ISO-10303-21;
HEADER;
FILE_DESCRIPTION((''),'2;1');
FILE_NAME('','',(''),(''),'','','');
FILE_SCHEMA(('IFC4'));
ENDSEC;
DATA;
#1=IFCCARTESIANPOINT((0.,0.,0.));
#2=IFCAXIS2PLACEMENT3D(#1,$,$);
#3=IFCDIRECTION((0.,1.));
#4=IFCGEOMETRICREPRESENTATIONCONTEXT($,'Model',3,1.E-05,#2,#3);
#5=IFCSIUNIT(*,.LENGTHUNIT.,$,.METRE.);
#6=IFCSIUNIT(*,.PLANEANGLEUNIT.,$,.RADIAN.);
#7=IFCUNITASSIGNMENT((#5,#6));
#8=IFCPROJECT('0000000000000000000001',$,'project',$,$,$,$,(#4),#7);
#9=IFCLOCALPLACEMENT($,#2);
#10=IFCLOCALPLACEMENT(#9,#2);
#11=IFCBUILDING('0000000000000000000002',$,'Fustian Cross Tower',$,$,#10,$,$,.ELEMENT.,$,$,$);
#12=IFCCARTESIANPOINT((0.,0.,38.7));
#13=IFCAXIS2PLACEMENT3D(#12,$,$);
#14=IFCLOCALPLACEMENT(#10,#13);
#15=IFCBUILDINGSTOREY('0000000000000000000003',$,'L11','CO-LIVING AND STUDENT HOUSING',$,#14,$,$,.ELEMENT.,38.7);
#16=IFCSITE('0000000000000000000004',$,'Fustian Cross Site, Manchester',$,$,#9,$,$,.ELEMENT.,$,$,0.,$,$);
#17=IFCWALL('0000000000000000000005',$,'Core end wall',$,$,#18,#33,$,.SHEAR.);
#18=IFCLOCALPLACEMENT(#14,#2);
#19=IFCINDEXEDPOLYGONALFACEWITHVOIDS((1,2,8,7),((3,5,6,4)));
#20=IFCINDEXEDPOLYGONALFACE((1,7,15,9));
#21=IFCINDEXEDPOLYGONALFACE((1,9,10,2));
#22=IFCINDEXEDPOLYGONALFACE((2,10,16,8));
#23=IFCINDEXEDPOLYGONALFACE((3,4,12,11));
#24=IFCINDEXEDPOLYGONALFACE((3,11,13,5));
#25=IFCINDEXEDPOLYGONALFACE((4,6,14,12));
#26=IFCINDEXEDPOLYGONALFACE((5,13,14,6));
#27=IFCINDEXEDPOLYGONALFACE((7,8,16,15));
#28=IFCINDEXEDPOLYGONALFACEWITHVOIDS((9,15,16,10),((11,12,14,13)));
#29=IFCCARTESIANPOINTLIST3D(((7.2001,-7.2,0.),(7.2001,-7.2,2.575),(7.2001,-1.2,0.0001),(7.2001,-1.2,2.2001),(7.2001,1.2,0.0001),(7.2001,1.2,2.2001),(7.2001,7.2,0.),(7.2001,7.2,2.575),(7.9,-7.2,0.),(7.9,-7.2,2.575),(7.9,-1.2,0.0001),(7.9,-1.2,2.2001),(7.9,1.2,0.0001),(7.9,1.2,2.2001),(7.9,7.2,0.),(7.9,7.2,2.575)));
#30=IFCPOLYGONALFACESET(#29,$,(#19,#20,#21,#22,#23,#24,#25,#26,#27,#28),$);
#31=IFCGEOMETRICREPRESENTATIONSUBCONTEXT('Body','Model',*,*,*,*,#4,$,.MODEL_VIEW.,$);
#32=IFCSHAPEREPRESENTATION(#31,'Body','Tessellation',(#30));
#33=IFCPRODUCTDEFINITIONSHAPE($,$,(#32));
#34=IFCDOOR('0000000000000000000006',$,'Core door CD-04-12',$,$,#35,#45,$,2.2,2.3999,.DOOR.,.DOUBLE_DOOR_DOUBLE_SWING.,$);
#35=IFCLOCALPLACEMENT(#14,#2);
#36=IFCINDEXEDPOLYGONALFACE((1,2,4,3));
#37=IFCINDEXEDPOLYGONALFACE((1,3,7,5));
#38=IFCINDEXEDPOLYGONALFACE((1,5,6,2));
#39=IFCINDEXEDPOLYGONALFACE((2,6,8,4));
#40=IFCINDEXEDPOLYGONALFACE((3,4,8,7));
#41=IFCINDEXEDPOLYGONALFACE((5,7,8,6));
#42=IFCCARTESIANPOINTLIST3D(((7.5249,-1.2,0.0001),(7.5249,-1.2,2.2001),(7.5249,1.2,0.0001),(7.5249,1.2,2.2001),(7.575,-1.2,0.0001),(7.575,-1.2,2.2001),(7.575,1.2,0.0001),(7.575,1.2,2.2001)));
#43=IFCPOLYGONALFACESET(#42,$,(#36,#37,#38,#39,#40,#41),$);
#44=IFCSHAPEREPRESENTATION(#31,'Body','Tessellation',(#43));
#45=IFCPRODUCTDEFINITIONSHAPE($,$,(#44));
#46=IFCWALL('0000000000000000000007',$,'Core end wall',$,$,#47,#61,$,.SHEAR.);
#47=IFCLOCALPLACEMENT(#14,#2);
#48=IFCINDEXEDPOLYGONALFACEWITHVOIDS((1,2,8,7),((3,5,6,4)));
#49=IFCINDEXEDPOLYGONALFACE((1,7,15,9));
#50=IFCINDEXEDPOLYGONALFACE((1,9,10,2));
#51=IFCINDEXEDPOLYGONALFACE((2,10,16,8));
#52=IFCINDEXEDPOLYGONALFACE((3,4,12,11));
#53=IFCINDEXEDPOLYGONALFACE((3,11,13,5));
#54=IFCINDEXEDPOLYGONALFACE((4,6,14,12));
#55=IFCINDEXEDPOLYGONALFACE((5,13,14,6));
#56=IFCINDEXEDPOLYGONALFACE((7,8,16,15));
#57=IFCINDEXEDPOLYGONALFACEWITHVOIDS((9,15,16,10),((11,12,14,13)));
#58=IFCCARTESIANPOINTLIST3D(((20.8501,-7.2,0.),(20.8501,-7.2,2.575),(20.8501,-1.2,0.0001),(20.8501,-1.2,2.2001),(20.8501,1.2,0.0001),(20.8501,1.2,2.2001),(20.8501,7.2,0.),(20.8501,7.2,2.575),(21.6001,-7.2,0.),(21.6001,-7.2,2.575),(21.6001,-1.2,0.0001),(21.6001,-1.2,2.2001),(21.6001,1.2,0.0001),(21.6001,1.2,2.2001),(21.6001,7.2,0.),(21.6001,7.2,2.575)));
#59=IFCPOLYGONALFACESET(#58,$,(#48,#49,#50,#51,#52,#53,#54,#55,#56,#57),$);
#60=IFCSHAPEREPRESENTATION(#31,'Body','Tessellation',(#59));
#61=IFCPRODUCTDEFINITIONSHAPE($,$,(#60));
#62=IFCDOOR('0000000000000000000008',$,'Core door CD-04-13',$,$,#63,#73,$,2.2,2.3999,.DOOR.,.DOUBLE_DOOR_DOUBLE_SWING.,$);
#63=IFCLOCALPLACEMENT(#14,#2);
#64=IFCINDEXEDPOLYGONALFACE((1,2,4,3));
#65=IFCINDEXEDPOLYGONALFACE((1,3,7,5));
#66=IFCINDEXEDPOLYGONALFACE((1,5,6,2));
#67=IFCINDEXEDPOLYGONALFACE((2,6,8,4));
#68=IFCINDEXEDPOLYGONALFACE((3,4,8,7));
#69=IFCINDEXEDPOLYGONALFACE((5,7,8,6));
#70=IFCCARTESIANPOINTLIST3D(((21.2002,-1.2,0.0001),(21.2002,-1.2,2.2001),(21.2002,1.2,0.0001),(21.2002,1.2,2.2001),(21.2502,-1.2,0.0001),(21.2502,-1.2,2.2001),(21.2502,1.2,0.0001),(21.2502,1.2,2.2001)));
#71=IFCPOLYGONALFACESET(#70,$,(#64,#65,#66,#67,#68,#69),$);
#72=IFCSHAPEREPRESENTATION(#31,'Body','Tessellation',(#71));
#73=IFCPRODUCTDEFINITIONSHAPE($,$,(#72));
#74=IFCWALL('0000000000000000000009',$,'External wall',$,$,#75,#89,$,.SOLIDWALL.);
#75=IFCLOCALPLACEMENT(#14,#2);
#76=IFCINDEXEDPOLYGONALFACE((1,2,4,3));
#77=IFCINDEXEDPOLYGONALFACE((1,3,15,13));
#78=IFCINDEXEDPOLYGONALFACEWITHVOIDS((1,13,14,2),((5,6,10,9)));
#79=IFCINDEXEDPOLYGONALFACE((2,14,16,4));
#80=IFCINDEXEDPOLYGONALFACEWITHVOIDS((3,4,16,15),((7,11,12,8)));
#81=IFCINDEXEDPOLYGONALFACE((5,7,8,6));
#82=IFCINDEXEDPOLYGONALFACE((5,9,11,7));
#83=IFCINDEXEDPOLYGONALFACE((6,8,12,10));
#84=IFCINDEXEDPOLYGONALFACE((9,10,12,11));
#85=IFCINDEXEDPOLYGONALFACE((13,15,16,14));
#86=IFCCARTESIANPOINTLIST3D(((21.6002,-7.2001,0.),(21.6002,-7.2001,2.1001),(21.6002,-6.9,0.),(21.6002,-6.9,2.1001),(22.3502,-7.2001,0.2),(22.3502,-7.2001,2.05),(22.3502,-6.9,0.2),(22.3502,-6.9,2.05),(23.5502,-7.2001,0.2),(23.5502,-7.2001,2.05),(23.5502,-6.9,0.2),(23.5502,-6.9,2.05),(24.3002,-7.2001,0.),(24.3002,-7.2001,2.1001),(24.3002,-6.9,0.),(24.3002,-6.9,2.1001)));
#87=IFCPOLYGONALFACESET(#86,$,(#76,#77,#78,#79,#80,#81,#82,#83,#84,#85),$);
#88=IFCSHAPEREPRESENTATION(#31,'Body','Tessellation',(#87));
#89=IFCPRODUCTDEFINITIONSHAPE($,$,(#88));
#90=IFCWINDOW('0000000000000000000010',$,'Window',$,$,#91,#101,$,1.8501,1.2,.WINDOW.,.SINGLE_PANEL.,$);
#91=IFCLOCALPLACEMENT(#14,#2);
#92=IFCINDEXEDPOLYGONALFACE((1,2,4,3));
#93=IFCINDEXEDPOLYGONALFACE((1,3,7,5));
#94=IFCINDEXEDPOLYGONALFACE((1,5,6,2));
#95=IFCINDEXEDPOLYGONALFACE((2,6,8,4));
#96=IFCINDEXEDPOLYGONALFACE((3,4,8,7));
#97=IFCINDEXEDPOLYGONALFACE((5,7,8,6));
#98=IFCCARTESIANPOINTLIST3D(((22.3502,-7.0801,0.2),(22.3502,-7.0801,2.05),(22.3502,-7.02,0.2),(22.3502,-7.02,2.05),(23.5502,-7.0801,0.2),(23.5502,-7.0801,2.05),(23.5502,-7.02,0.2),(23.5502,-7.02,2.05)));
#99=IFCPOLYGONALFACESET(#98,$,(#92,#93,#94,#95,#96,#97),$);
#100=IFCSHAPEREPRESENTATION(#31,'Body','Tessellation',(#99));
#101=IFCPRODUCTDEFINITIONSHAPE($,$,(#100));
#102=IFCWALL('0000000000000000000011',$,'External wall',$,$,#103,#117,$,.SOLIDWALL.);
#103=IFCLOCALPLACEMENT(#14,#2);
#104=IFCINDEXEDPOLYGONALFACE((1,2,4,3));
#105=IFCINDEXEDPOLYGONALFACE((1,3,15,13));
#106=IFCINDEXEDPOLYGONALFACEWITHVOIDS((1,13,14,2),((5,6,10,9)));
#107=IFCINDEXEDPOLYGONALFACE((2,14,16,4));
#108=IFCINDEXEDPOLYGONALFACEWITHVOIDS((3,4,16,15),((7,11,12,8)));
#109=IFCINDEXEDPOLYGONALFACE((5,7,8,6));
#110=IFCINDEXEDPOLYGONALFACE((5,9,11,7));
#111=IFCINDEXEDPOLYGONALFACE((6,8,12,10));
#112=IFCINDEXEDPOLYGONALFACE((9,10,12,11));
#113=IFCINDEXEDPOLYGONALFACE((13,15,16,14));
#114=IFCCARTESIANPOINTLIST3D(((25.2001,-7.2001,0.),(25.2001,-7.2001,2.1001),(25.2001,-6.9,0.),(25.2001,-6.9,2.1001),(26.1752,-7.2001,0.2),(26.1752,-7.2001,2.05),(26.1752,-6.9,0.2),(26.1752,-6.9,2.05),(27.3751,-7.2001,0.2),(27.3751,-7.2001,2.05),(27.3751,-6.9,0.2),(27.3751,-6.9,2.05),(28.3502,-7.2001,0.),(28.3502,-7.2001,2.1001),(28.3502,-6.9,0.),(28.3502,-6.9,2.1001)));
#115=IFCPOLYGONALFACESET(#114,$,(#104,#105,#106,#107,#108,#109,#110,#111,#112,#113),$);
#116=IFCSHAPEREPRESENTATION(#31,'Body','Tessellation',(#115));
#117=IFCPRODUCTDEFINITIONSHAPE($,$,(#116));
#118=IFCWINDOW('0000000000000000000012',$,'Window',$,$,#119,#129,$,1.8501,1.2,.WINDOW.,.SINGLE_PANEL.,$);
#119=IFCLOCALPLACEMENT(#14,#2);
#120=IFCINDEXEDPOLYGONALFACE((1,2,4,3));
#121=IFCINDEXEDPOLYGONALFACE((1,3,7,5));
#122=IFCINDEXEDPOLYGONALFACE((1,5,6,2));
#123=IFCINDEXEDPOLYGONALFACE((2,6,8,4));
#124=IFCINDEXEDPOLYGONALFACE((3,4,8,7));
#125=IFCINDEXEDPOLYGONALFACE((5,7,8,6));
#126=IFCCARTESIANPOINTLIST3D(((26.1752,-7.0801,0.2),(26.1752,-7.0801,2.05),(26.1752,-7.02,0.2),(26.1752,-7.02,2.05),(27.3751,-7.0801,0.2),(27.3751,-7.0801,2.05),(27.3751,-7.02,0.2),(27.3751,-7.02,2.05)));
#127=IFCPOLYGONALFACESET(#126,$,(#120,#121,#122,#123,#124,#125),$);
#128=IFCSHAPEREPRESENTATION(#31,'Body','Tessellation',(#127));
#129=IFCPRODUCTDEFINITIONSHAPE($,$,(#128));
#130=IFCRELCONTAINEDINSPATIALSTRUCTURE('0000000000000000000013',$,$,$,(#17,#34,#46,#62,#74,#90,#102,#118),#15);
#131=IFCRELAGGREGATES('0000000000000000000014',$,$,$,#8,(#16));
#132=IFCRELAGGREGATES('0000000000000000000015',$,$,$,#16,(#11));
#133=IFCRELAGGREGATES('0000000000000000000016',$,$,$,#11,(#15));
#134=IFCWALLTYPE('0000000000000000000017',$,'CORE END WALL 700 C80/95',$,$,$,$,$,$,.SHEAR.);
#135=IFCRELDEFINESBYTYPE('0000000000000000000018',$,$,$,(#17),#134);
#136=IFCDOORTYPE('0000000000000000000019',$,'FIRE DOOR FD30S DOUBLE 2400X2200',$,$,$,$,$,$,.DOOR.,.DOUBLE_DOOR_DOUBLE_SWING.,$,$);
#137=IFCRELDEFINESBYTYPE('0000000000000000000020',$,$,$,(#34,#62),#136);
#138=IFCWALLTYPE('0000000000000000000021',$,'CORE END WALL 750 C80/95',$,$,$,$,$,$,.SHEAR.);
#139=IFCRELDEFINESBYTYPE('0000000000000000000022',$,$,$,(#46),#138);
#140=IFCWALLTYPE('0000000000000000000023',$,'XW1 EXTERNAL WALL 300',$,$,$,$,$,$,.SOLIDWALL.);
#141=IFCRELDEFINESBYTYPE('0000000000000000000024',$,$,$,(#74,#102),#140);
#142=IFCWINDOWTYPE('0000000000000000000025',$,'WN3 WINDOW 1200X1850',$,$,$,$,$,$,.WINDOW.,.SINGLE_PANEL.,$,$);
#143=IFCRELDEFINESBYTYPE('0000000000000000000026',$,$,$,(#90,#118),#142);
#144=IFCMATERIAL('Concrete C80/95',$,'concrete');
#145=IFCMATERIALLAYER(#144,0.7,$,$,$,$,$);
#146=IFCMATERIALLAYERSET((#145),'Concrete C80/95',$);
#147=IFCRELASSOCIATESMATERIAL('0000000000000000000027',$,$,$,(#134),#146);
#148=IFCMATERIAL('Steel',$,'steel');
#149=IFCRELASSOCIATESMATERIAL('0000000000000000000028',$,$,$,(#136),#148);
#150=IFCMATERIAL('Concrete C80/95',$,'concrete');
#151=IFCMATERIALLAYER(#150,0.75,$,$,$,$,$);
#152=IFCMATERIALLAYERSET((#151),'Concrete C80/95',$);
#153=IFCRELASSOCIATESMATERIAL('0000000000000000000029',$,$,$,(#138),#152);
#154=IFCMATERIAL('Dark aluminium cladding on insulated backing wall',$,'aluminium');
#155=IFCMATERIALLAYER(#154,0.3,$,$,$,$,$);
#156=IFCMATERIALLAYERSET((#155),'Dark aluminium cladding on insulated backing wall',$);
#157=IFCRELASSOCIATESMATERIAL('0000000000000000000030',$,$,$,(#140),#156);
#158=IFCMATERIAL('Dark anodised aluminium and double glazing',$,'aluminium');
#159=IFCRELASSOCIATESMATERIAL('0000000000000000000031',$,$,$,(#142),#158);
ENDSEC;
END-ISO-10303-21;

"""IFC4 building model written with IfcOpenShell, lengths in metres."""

from ifc_helpers import new_model, si_unit, direction, frame, frame_2d, origin, place, context, subcontext, project, spatial, rectangle, extrude, material, layer, layer_set, type_object, element, fill, save


model = new_model("IFC4")

# Units and contexts
model_context = context("Model", 3, precision=1e-05, world=origin(), true_north=direction((0.0, 1.0)))
body_context = subcontext(model_context, "Body", "Model", "MODEL_VIEW")
ifc_project = project(units=[si_unit("LENGTHUNIT", "METRE"), si_unit("PLANEANGLEUNIT", "RADIAN")], contexts=[model_context])

# Site, building, storey
site_placement = place(None, origin())
site = spatial("IfcSite", under=ifc_project, at=site_placement, Name="Fustian Cross Site, Manchester", CompositionType="ELEMENT", RefElevation=0.0)
building_placement = place(site_placement, origin())
building = spatial("IfcBuilding", under=site, at=building_placement, Name="Fustian Cross Tower", CompositionType="ELEMENT")
storey_placement = place(building_placement, frame((0.0, 0.0, 38.7)))
storey = spatial("IfcBuildingStorey", under=building, at=storey_placement, Name="L11", Description="CO-LIVING AND STUDENT HOUSING", CompositionType="ELEMENT", Elevation=38.7)

# Walls, openings, doors
ifc_material_1 = material(Name="Concrete C80/95", Category="concrete")
ifc_layer_1 = layer(ifc_material_1, 0.7)
ifc_layer_set_1 = layer_set([ifc_layer_1], Name="Concrete C80/95")
wall_type_1 = type_object("IfcWallType", Name="CORE END WALL 700 C80/95", PredefinedType="SHEAR", material=ifc_layer_set_1)
wall_1_placement = place(storey_placement, frame((7.55, -7.2, 0.0), z_axis=(0.0, 0.0, 1.0), x_axis=(0.0, 1.0, 0.0)))
wall_1 = element("IfcWall", 1, at=wall_1_placement, inside=storey, type_object=wall_type_1, Name="Core end wall", PredefinedType="SHEAR", context=body_context, shape_type="SweptSolid", body=[
    extrude(rectangle(XDim=14.3999, YDim=0.7, at=frame_2d((7.2, 0.0))), origin(), (0.0, 0.0, 1.0), 2.575),
])
opening_1_placement = place(wall_1_placement, frame((6.0, 0.0, 0.0)))
opening_1 = element("IfcOpeningElement", 2, at=opening_1_placement, cuts=wall_1, PredefinedType="OPENING", context=body_context, shape_type="SweptSolid", body=[
    extrude(rectangle(XDim=2.3999, YDim=2.2, at=frame_2d((1.2, 1.1001))), frame((0.0, 0.3599, 0.0), z_axis=(0.0, -1.0, 0.0), x_axis=(1.0, 0.0, 0.0)), (0.0, 0.0, 1.0), 0.72),
])
ifc_material_2 = material(Name="Steel", Category="steel")
door_type = type_object("IfcDoorType", Name="FIRE DOOR FD30S DOUBLE 2400X2200", OperationType="DOUBLE_DOOR_DOUBLE_SWING", PredefinedType="DOOR", material=ifc_material_2)
door_1_placement = place(opening_1_placement, frame((2.3999, 0.0, 0.0), z_axis=(0.0, 0.0, 1.0), x_axis=(-1.0, 0.0, 0.0)))
door_1 = element("IfcDoor", 3, at=door_1_placement, inside=storey, type_object=door_type, Name="Core door CD-04-12", OperationType="DOUBLE_DOOR_DOUBLE_SWING", OverallHeight=2.2, OverallWidth=2.3999, PredefinedType="DOOR", context=body_context, shape_type="SweptSolid", body=[
    extrude(rectangle(XDim=2.3999, YDim=2.2, at=frame_2d((1.2, 1.1001))), frame((0.0, 0.0249, 0.0), z_axis=(0.0, -1.0, 0.0), x_axis=(1.0, 0.0, 0.0)), (0.0, 0.0, 1.0), 0.05),
])
fill(opening_1, door_1)
ifc_material_3 = material(Name="Concrete C80/95", Category="concrete")
ifc_layer_2 = layer(ifc_material_3, 0.75)
ifc_layer_set_2 = layer_set([ifc_layer_2], Name="Concrete C80/95")
wall_type_2 = type_object("IfcWallType", Name="CORE END WALL 750 C80/95", PredefinedType="SHEAR", material=ifc_layer_set_2)
wall_2_placement = place(storey_placement, frame((21.2251, -7.2, 0.0), z_axis=(0.0, 0.0, 1.0), x_axis=(0.0, 1.0, 0.0)))
wall_2 = element("IfcWall", 4, at=wall_2_placement, inside=storey, type_object=wall_type_2, Name="Core end wall", PredefinedType="SHEAR", context=body_context, shape_type="SweptSolid", body=[
    extrude(rectangle(XDim=14.3999, YDim=0.75, at=frame_2d((7.2, 0.0))), origin(), (0.0, 0.0, 1.0), 2.575),
])
opening_2_placement = place(wall_2_placement, frame((6.0, 0.0, 0.0)))
opening_2 = element("IfcOpeningElement", 5, at=opening_2_placement, cuts=wall_2, PredefinedType="OPENING", context=body_context, shape_type="SweptSolid", body=[
    extrude(rectangle(XDim=2.3999, YDim=2.2, at=frame_2d((1.2, 1.1001))), frame((0.0, 0.385, 0.0), z_axis=(0.0, -1.0, 0.0), x_axis=(1.0, 0.0, 0.0)), (0.0, 0.0, 1.0), 0.77),
])
door_2_placement = place(opening_2_placement, origin())
door_2 = element("IfcDoor", 6, at=door_2_placement, inside=storey, type_object=door_type, Name="Core door CD-04-13", OperationType="DOUBLE_DOOR_DOUBLE_SWING", OverallHeight=2.2, OverallWidth=2.3999, PredefinedType="DOOR", context=body_context, shape_type="SweptSolid", body=[
    extrude(rectangle(XDim=2.3999, YDim=2.2, at=frame_2d((1.2, 1.1001))), frame((0.0, 0.0249, 0.0), z_axis=(0.0, -1.0, 0.0), x_axis=(1.0, 0.0, 0.0)), (0.0, 0.0, 1.0), 0.05),
])
fill(opening_2, door_2)

# Walls, openings, windows
ifc_material_4 = material(Name="Dark aluminium cladding on insulated backing wall", Category="aluminium")
ifc_layer_3 = layer(ifc_material_4, 0.3)
ifc_layer_set_3 = layer_set([ifc_layer_3], Name="Dark aluminium cladding on insulated backing wall")
wall_type_3 = type_object("IfcWallType", Name="XW1 EXTERNAL WALL 300", PredefinedType="SOLIDWALL", material=ifc_layer_set_3)
wall_3_placement = place(storey_placement, frame((21.6001, -7.05, 0.0), z_axis=(0.0, 0.0, 1.0), x_axis=(1.0, 0.0, 0.0)))
wall_3 = element("IfcWall", 7, at=wall_3_placement, inside=storey, type_object=wall_type_3, Name="External wall", PredefinedType="SOLIDWALL", context=body_context, shape_type="SweptSolid", body=[
    extrude(rectangle(XDim=2.7, YDim=0.3, at=frame_2d((1.3501, 0.0))), origin(), (0.0, 0.0, 1.0), 2.1001),
])
opening_3_placement = place(wall_3_placement, frame((0.75, 0.0, 0.2)))
opening_3 = element("IfcOpeningElement", 8, at=opening_3_placement, cuts=wall_3, PredefinedType="OPENING", context=body_context, shape_type="SweptSolid", body=[
    extrude(rectangle(XDim=1.2, YDim=1.8501, at=frame_2d((0.6001, 0.925))), frame((0.0, 0.1599, 0.0), z_axis=(0.0, -1.0, 0.0), x_axis=(1.0, 0.0, 0.0)), (0.0, 0.0, 1.0), 0.3201),
])
ifc_material_5 = material(Name="Dark anodised aluminium and double glazing", Category="aluminium")
window_type_1 = type_object("IfcWindowType", Name="WN3 WINDOW 1200X1850", PartitioningType="SINGLE_PANEL", PredefinedType="WINDOW", material=ifc_material_5)
window_1_placement = place(opening_3_placement, origin())
window_1 = element("IfcWindow", 9, at=window_1_placement, inside=storey, type_object=window_type_1, Name="Window", OverallHeight=1.8501, OverallWidth=1.2, PartitioningType="SINGLE_PANEL", PredefinedType="WINDOW", context=body_context, shape_type="SweptSolid", body=[
    extrude(rectangle(XDim=1.2, YDim=1.8501, at=frame_2d((0.6001, 0.925))), frame((0.0, 0.03, 0.0), z_axis=(0.0, -1.0, 0.0), x_axis=(1.0, 0.0, 0.0)), (0.0, 0.0, 1.0), 0.0601),
])
fill(opening_3, window_1)
wall_4_placement = place(storey_placement, frame((25.2, -7.05, 0.0), z_axis=(0.0, 0.0, 1.0), x_axis=(1.0, 0.0, 0.0)))
wall_4 = element("IfcWall", 10, at=wall_4_placement, inside=storey, type_object=wall_type_3, Name="External wall", PredefinedType="SOLIDWALL", context=body_context, shape_type="SweptSolid", body=[
    extrude(rectangle(XDim=3.1501, YDim=0.3, at=frame_2d((1.5752, 0.0))), origin(), (0.0, 0.0, 1.0), 2.1001),
])
opening_4_placement = place(wall_4_placement, frame((0.9751, 0.0, 0.2)))
opening_4 = element("IfcOpeningElement", 11, at=opening_4_placement, cuts=wall_4, PredefinedType="OPENING", context=body_context, shape_type="SweptSolid", body=[
    extrude(rectangle(XDim=1.2, YDim=1.8501, at=frame_2d((0.6001, 0.925))), frame((0.0, 0.1599, 0.0), z_axis=(0.0, -1.0, 0.0), x_axis=(1.0, 0.0, 0.0)), (0.0, 0.0, 1.0), 0.3201),
])
window_2_placement = place(opening_4_placement, origin())
window_2 = element("IfcWindow", 12, at=window_2_placement, inside=storey, type_object=window_type_1, Name="Window", OverallHeight=1.8501, OverallWidth=1.2, PartitioningType="SINGLE_PANEL", PredefinedType="WINDOW", context=body_context, shape_type="SweptSolid", body=[
    extrude(rectangle(XDim=1.2, YDim=1.8501, at=frame_2d((0.6001, 0.925))), frame((0.0, 0.03, 0.0), z_axis=(0.0, -1.0, 0.0), x_axis=(1.0, 0.0, 0.0)), (0.0, 0.0, 1.0), 0.0601),
])
fill(opening_4, window_2)

save(model, "model.ifc")
